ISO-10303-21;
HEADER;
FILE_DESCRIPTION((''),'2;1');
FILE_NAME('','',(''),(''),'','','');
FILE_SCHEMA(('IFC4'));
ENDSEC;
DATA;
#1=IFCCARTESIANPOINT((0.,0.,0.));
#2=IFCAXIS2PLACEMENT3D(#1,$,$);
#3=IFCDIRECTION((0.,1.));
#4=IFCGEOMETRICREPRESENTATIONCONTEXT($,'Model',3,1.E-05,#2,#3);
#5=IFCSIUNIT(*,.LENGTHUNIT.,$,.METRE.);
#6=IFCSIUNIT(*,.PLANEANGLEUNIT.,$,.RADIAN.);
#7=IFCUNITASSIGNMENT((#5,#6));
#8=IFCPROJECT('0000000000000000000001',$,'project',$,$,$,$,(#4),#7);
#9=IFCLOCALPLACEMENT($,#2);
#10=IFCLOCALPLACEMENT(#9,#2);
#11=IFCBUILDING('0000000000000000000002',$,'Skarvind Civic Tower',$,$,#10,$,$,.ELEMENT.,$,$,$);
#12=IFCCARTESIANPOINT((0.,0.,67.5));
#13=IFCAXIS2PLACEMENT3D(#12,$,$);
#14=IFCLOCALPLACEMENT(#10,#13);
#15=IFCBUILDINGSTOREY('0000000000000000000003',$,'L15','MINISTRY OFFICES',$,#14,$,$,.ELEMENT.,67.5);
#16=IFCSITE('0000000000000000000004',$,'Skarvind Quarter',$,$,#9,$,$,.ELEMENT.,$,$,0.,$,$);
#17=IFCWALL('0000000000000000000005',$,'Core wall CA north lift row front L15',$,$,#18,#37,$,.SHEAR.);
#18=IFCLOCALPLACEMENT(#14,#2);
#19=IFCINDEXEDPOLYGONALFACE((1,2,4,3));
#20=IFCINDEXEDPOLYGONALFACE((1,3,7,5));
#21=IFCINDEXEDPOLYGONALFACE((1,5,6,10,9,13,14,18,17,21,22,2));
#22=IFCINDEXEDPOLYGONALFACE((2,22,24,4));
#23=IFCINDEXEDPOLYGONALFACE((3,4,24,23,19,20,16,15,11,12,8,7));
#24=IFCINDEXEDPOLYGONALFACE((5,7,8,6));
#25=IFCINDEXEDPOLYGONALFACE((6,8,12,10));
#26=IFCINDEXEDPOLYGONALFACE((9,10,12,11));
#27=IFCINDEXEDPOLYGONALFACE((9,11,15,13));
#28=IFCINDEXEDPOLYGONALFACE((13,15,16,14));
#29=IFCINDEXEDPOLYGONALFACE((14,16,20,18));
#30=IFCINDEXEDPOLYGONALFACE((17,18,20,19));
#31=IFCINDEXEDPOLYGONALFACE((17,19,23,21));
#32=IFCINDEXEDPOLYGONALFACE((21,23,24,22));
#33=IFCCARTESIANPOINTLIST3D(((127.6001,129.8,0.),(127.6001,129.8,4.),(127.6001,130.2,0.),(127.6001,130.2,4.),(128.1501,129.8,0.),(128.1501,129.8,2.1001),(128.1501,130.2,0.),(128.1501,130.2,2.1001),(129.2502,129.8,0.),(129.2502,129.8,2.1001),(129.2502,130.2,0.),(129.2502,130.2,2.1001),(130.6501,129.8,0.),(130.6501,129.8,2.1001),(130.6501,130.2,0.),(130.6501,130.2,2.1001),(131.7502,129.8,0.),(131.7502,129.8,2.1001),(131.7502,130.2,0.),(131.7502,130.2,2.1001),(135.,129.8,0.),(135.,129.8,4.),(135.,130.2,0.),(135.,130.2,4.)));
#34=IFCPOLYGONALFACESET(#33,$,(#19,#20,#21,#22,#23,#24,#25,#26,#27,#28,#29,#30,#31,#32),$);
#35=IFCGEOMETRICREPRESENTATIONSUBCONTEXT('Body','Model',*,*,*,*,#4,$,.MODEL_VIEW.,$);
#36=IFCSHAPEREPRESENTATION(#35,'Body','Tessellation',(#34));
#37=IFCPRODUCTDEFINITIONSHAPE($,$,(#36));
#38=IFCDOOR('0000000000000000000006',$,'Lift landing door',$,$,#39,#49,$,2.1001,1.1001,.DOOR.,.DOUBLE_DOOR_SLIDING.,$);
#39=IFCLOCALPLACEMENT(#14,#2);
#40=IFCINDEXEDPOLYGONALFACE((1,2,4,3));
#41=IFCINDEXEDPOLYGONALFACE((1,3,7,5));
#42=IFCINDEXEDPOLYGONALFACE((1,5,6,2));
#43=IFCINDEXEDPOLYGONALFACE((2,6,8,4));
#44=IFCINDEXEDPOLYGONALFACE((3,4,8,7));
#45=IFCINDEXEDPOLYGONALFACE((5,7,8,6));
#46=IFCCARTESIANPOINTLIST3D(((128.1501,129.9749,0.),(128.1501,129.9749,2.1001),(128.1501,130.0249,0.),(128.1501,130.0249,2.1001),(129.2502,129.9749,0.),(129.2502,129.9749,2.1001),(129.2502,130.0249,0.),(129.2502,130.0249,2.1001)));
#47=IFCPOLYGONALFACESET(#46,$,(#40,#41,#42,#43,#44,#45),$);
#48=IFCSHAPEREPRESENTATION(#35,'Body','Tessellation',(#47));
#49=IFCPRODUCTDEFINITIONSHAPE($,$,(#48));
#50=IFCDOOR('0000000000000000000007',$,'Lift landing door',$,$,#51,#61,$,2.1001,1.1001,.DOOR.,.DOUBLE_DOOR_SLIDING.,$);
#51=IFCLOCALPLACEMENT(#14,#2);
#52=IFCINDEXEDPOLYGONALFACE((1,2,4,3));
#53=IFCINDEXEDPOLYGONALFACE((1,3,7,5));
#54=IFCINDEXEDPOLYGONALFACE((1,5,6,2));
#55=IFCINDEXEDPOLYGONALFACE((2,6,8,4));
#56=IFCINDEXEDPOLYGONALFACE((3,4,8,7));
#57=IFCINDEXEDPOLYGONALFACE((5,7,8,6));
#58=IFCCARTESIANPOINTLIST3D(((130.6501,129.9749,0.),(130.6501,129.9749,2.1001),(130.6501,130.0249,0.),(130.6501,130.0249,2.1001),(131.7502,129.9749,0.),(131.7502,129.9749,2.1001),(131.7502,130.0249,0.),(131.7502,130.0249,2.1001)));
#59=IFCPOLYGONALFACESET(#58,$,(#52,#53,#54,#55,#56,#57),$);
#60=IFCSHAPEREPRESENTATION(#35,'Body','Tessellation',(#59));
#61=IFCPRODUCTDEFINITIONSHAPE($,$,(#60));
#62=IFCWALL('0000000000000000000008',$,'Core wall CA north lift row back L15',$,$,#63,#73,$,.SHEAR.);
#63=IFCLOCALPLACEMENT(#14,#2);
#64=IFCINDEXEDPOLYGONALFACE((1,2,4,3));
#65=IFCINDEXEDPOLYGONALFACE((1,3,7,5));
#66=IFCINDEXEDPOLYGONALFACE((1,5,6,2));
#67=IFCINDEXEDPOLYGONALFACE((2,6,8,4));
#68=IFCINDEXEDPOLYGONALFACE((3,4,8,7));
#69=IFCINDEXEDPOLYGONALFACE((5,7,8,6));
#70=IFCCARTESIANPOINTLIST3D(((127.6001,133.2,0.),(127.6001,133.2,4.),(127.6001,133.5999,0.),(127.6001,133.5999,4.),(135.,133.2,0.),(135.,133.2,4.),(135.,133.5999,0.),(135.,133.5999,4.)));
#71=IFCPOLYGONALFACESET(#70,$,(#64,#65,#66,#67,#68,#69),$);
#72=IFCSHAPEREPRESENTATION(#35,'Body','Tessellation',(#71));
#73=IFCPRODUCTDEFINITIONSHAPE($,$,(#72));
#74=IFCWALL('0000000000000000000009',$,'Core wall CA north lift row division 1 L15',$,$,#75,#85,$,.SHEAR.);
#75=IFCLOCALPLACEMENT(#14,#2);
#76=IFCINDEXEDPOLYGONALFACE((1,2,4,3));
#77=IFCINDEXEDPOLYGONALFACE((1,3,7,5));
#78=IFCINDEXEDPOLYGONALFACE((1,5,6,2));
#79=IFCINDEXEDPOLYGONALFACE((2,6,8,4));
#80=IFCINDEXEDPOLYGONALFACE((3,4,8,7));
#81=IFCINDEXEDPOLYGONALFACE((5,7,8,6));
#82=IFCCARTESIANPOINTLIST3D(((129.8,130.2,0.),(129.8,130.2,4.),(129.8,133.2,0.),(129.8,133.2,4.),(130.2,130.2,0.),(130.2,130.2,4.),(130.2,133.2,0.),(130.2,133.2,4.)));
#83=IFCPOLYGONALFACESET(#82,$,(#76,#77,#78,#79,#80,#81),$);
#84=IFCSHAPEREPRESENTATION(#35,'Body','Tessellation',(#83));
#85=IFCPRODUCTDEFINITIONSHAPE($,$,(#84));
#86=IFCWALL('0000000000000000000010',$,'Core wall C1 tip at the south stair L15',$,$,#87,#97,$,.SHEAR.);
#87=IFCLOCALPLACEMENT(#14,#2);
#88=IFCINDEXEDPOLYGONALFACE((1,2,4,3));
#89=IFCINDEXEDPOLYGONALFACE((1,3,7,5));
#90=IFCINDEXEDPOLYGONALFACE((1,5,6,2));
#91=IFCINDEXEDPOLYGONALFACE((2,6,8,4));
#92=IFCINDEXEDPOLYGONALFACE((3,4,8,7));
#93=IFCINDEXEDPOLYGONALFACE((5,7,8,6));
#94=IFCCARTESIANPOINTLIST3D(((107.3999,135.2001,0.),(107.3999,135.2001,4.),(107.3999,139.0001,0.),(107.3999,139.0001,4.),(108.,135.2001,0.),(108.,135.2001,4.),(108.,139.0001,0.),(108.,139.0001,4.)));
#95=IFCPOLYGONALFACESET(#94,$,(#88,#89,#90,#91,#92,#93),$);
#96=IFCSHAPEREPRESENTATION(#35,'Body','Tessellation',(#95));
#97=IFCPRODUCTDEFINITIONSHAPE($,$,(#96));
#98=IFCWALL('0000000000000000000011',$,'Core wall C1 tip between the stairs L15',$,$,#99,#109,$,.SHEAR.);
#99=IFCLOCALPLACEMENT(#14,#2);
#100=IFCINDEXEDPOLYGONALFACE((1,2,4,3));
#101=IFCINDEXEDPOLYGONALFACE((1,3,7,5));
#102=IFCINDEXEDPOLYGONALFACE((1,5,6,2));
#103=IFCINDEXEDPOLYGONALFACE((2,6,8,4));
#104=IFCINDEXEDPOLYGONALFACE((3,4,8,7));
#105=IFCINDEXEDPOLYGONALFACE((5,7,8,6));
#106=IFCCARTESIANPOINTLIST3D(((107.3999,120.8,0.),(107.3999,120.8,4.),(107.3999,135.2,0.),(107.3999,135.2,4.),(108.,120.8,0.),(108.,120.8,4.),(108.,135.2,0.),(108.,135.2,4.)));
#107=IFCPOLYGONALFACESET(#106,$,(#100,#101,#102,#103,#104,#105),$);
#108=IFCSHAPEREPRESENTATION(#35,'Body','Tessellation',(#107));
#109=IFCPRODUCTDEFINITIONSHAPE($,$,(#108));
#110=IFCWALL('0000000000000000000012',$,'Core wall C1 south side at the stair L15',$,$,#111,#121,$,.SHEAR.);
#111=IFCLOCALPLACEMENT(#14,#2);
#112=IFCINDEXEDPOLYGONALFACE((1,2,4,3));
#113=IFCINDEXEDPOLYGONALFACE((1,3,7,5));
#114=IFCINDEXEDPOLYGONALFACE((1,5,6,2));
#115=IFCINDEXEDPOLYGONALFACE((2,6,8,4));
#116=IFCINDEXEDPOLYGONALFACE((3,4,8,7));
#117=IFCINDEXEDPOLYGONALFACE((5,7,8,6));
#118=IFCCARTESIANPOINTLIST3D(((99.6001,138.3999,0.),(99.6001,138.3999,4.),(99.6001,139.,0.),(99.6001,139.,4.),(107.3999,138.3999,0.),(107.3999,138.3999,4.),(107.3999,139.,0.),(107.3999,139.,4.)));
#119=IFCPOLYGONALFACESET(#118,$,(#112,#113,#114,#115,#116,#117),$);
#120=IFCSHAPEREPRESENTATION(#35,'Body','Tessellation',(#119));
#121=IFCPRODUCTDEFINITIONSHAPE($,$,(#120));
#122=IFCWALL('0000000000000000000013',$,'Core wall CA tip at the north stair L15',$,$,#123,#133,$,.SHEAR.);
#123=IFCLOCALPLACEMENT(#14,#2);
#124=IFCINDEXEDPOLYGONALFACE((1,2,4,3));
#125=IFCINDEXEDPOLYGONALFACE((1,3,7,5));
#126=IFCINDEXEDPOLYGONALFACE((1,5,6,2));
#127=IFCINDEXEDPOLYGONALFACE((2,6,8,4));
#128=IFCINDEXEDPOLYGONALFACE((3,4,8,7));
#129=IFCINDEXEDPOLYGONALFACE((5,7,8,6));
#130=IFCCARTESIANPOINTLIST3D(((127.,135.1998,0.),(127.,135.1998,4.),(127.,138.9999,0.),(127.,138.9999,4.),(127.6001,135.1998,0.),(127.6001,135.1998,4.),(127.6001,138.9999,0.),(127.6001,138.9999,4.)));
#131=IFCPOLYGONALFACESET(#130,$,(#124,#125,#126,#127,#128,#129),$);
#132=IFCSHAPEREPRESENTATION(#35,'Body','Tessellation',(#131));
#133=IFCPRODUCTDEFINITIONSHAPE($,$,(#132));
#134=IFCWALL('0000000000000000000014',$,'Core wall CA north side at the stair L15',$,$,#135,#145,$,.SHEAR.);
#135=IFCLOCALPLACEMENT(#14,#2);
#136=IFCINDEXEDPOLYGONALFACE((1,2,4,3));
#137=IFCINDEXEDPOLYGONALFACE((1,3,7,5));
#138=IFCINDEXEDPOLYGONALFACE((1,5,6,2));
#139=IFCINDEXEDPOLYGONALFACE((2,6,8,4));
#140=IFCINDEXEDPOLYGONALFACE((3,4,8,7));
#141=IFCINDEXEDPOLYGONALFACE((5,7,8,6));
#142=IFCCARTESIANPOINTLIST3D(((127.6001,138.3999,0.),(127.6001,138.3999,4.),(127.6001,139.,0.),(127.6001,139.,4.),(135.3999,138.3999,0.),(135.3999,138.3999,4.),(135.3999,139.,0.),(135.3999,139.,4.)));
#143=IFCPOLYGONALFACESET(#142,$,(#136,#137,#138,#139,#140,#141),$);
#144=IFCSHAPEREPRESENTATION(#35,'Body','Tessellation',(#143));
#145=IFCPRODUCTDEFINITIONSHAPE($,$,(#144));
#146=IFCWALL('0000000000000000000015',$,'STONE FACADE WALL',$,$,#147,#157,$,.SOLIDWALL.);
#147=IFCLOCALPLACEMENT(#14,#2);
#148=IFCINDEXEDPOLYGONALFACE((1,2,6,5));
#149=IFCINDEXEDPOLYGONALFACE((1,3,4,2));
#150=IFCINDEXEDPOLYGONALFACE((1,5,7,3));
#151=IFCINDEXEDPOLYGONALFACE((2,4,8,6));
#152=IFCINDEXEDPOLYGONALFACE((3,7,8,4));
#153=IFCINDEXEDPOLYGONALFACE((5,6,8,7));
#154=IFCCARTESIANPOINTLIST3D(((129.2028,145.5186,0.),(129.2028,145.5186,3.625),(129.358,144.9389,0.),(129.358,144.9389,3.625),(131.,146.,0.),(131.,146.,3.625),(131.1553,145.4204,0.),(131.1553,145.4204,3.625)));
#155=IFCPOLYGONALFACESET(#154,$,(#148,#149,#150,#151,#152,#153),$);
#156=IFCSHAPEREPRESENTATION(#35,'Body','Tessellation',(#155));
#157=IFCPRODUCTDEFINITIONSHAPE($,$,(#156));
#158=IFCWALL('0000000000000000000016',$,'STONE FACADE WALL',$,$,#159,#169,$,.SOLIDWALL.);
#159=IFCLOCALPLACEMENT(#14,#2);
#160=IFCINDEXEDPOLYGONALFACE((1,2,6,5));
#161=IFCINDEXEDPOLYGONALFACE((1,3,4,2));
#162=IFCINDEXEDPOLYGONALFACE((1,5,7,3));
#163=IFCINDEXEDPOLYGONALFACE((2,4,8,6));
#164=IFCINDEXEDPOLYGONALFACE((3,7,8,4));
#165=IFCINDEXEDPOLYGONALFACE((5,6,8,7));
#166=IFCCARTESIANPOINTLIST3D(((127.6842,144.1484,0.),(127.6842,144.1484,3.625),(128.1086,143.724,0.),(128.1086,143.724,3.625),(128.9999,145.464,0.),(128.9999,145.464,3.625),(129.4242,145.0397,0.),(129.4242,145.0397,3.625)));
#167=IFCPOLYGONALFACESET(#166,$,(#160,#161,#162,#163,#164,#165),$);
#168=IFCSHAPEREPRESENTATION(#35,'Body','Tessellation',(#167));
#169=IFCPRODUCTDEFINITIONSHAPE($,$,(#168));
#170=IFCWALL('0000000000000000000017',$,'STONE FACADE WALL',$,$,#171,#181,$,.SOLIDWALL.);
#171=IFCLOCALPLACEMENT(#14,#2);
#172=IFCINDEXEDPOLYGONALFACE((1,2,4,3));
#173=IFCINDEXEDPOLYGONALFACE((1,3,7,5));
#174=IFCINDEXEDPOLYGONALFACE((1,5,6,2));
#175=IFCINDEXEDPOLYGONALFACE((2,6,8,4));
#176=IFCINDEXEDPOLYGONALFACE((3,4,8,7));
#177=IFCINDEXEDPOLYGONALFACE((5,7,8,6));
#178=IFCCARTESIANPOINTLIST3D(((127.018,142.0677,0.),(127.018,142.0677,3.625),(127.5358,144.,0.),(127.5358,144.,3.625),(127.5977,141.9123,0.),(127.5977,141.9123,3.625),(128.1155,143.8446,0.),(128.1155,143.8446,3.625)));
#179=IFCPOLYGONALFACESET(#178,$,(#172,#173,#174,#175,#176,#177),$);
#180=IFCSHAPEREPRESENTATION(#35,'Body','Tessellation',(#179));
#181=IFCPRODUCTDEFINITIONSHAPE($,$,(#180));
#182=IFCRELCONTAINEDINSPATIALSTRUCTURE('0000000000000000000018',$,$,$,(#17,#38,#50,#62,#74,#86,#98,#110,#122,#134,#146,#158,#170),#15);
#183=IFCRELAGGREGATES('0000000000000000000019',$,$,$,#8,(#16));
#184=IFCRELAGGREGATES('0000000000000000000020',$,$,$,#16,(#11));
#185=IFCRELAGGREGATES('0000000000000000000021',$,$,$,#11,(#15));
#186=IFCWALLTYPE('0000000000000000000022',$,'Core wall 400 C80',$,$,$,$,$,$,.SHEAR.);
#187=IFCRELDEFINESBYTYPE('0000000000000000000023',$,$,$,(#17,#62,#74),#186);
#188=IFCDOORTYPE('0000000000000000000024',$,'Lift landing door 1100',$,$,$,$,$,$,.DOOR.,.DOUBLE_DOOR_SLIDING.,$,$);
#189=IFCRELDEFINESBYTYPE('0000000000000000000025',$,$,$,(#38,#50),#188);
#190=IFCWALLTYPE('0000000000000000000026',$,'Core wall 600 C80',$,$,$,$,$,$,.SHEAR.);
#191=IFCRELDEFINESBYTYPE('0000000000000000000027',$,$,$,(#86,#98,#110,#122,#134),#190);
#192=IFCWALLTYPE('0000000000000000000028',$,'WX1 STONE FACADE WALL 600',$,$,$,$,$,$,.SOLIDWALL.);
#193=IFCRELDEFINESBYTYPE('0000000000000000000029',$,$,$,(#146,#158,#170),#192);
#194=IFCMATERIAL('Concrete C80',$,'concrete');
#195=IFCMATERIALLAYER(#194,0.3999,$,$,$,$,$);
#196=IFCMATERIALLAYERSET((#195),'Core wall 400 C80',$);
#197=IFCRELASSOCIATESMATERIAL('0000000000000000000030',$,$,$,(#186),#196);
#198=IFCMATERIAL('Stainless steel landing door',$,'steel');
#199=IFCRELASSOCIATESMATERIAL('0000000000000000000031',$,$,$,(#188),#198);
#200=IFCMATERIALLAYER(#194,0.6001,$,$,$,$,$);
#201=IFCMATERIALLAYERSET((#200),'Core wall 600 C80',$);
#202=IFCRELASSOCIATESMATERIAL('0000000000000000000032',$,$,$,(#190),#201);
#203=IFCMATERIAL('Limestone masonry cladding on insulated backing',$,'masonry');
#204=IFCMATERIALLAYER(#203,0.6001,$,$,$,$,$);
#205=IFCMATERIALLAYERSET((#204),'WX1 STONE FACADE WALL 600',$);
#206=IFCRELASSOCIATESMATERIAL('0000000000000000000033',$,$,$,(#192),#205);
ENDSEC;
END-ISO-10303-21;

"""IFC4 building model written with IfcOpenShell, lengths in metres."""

from ifc_helpers import new_model, si_unit, direction, frame, frame_2d, origin, place, context, subcontext, project, spatial, rectangle, extrude, material, layer, layer_set, type_object, element, fill, save


model = new_model("IFC4")

# Units and contexts
model_context = context("Model", 3, precision=1e-05, world=origin(), true_north=direction((0.0, 1.0)))
body_context = subcontext(model_context, "Body", "Model", "MODEL_VIEW")
ifc_project = project(units=[si_unit("LENGTHUNIT", "METRE"), si_unit("PLANEANGLEUNIT", "RADIAN")], contexts=[model_context])

# Site, building, storey
site_placement = place(None, origin())
site = spatial("IfcSite", under=ifc_project, at=site_placement, Name="Skarvind Quarter", CompositionType="ELEMENT", RefElevation=0.0)
building_placement = place(site_placement, origin())
building = spatial("IfcBuilding", under=site, at=building_placement, Name="Skarvind Civic Tower", CompositionType="ELEMENT")
storey_placement = place(building_placement, frame((0.0, 0.0, 67.5)))
storey = spatial("IfcBuildingStorey", under=building, at=storey_placement, Name="L15", Description="MINISTRY OFFICES", CompositionType="ELEMENT", Elevation=67.5)

# Shared definitions
ifc_material_1 = material(Name="Concrete C80", Category="concrete")
ifc_layer_1 = layer(ifc_material_1, 0.3999)
ifc_layer_set_1 = layer_set([ifc_layer_1], Name="Core wall 400 C80")
wall_type_1 = type_object("IfcWallType", Name="Core wall 400 C80", PredefinedType="SHEAR", material=ifc_layer_set_1)

# Shared definitions
ifc_material_2 = material(Name="Stainless steel landing door", Category="steel")
door_type = type_object("IfcDoorType", Name="Lift landing door 1100", OperationType="DOUBLE_DOOR_SLIDING", PredefinedType="DOOR", material=ifc_material_2)

# Wall, openings, doors
wall_1_placement = place(storey_placement, frame((127.6001, 130.0, 0.0), z_axis=(0.0, 0.0, 1.0), x_axis=(1.0, 0.0, 0.0)))
wall_1 = element("IfcWall", 1, at=wall_1_placement, inside=storey, type_object=wall_type_1, Name="Core wall CA north lift row front L15", PredefinedType="SHEAR", context=body_context, shape_type="SweptSolid", body=[
    extrude(rectangle(XDim=7.3999, YDim=0.3999, at=frame_2d((3.7, 0.0))), origin(), (0.0, 0.0, 1.0), 4.0),
])
opening_1_placement = place(wall_1_placement, frame((0.55, 0.0, 0.0)))
opening_1 = element("IfcOpeningElement", 2, at=opening_1_placement, cuts=wall_1, PredefinedType="OPENING", context=body_context, shape_type="SweptSolid", body=[
    extrude(rectangle(XDim=1.1001, YDim=2.1001, at=frame_2d((0.55, 1.05))), frame((0.0, 0.21, 0.0), z_axis=(0.0, -1.0, 0.0), x_axis=(1.0, 0.0, 0.0)), (0.0, 0.0, 1.0), 0.4199),
])
opening_2_placement = place(wall_1_placement, frame((3.05, 0.0, 0.0)))
opening_2 = element("IfcOpeningElement", 3, at=opening_2_placement, cuts=wall_1, PredefinedType="OPENING", context=body_context, shape_type="SweptSolid", body=[
    extrude(rectangle(XDim=1.1001, YDim=2.1001, at=frame_2d((0.55, 1.05))), frame((0.0, 0.21, 0.0), z_axis=(0.0, -1.0, 0.0), x_axis=(1.0, 0.0, 0.0)), (0.0, 0.0, 1.0), 0.4199),
])
door_1_placement = place(opening_1_placement, origin())
door_1 = element("IfcDoor", 4, at=door_1_placement, inside=storey, type_object=door_type, Name="Lift landing door", OperationType="DOUBLE_DOOR_SLIDING", OverallHeight=2.1001, OverallWidth=1.1001, PredefinedType="DOOR", context=body_context, shape_type="SweptSolid", body=[
    extrude(rectangle(XDim=1.1001, YDim=2.1001, at=frame_2d((0.55, 1.05))), frame((0.0, 0.0249, 0.0), z_axis=(0.0, -1.0, 0.0), x_axis=(1.0, 0.0, 0.0)), (0.0, 0.0, 1.0), 0.05),
])
fill(opening_1, door_1)
door_2_placement = place(opening_2_placement, origin())
door_2 = element("IfcDoor", 5, at=door_2_placement, inside=storey, type_object=door_type, Name="Lift landing door", OperationType="DOUBLE_DOOR_SLIDING", OverallHeight=2.1001, OverallWidth=1.1001, PredefinedType="DOOR", context=body_context, shape_type="SweptSolid", body=[
    extrude(rectangle(XDim=1.1001, YDim=2.1001, at=frame_2d((0.55, 1.05))), frame((0.0, 0.0249, 0.0), z_axis=(0.0, -1.0, 0.0), x_axis=(1.0, 0.0, 0.0)), (0.0, 0.0, 1.0), 0.05),
])
fill(opening_2, door_2)

# Walls
wall_2_placement = place(storey_placement, frame((127.6001, 133.3999, 0.0), z_axis=(0.0, 0.0, 1.0), x_axis=(1.0, 0.0, 0.0)))
element("IfcWall", 6, at=wall_2_placement, inside=storey, type_object=wall_type_1, Name="Core wall CA north lift row back L15", PredefinedType="SHEAR", context=body_context, shape_type="SweptSolid", body=[
    extrude(rectangle(XDim=7.3999, YDim=0.3999, at=frame_2d((3.7, 0.0))), origin(), (0.0, 0.0, 1.0), 4.0),
])
wall_3_placement = place(storey_placement, frame((130.0, 130.2, 0.0), z_axis=(0.0, 0.0, 1.0), x_axis=(0.0, 1.0, 0.0)))
element("IfcWall", 7, at=wall_3_placement, inside=storey, type_object=wall_type_1, Name="Core wall CA north lift row division 1 L15", PredefinedType="SHEAR", context=body_context, shape_type="SweptSolid", body=[
    extrude(rectangle(XDim=3.0, YDim=0.3999, at=frame_2d((1.5, 0.0))), origin(), (0.0, 0.0, 1.0), 4.0),
])
ifc_layer_2 = layer(ifc_material_1, 0.6001)
ifc_layer_set_2 = layer_set([ifc_layer_2], Name="Core wall 600 C80")
wall_type_2 = type_object("IfcWallType", Name="Core wall 600 C80", PredefinedType="SHEAR", material=ifc_layer_set_2)
wall_4_placement = place(storey_placement, frame((107.7, 139.0, 0.0), z_axis=(0.0, 0.0, 1.0), x_axis=(0.0, -1.0, 0.0)))
element("IfcWall", 8, at=wall_4_placement, inside=storey, type_object=wall_type_2, Name="Core wall C1 tip at the south stair L15", PredefinedType="SHEAR", context=body_context, shape_type="SweptSolid", body=[
    extrude(rectangle(XDim=3.8, YDim=0.6001, at=frame_2d((1.8999, 0.0))), origin(), (0.0, 0.0, 1.0), 4.0),
])
wall_5_placement = place(storey_placement, frame((107.7, 135.2, 0.0), z_axis=(0.0, 0.0, 1.0), x_axis=(0.0, -1.0, 0.0)))
element("IfcWall", 9, at=wall_5_placement, inside=storey, type_object=wall_type_2, Name="Core wall C1 tip between the stairs L15", PredefinedType="SHEAR", context=body_context, shape_type="SweptSolid", body=[
    extrude(rectangle(XDim=14.3999, YDim=0.6001, at=frame_2d((7.2, 0.0))), origin(), (0.0, 0.0, 1.0), 4.0),
])
wall_6_placement = place(storey_placement, frame((107.3999, 138.7, 0.0), z_axis=(0.0, 0.0, 1.0), x_axis=(-1.0, 0.0, 0.0)))
element("IfcWall", 10, at=wall_6_placement, inside=storey, type_object=wall_type_2, Name="Core wall C1 south side at the stair L15", PredefinedType="SHEAR", context=body_context, shape_type="SweptSolid", body=[
    extrude(rectangle(XDim=7.7998, YDim=0.6001, at=frame_2d((3.8999, 0.0))), origin(), (0.0, 0.0, 1.0), 4.0),
])
wall_7_placement = place(storey_placement, frame((127.3, 135.2, 0.0), z_axis=(0.0, 0.0, 1.0), x_axis=(0.0, 1.0, 0.0)))
element("IfcWall", 11, at=wall_7_placement, inside=storey, type_object=wall_type_2, Name="Core wall CA tip at the north stair L15", PredefinedType="SHEAR", context=body_context, shape_type="SweptSolid", body=[
    extrude(rectangle(XDim=3.8, YDim=0.6001, at=frame_2d((1.8999, 0.0))), origin(), (0.0, 0.0, 1.0), 4.0),
])
wall_8_placement = place(storey_placement, frame((127.6001, 138.7, 0.0), z_axis=(0.0, 0.0, 1.0), x_axis=(1.0, 0.0, 0.0)))
element("IfcWall", 12, at=wall_8_placement, inside=storey, type_object=wall_type_2, Name="Core wall CA north side at the stair L15", PredefinedType="SHEAR", context=body_context, shape_type="SweptSolid", body=[
    extrude(rectangle(XDim=7.7998, YDim=0.6001, at=frame_2d((3.8999, 0.0))), origin(), (0.0, 0.0, 1.0), 4.0),
])
ifc_material_3 = material(Name="Limestone masonry cladding on insulated backing", Category="masonry")
ifc_layer_3 = layer(ifc_material_3, 0.6001)
ifc_layer_set_3 = layer_set([ifc_layer_3], Name="WX1 STONE FACADE WALL 600")
wall_type_3 = type_object("IfcWallType", Name="WX1 STONE FACADE WALL 600", PredefinedType="SOLIDWALL", material=ifc_layer_set_3)
for number, where, z_axis, x_axis, name in (
    (13, (129.2805, 145.2288, 0.0), (0.0, 0.0, 1.0), (0.965938, 0.258773, 0.0), "STONE FACADE WALL"),
    (14, (127.8965, 143.9363, 0.0), (0.0, 0.0, 1.0), (0.707107, 0.707107, 0.0), "STONE FACADE WALL"),
):
    element("IfcWall", number, at=place(storey_placement, frame(where, z_axis=z_axis, x_axis=x_axis)), inside=storey, type_object=wall_type_3, Name=name, PredefinedType="SOLIDWALL", context=body_context, shape_type="SweptSolid", body=[
        extrude(rectangle(XDim=1.8606, YDim=0.6001, at=frame_2d((0.9302, 0.0))), origin(), (0.0, 0.0, 1.0), 3.625),
    ])
wall_9_placement = place(storey_placement, frame((127.3079, 141.99, 0.0), z_axis=(0.0, 0.0, 1.0), x_axis=(0.25884, 0.96592, 0.0)))
element("IfcWall", 15, at=wall_9_placement, inside=storey, type_object=wall_type_3, Name="STONE FACADE WALL", PredefinedType="SOLIDWALL", context=body_context, shape_type="SweptSolid", body=[
    extrude(rectangle(XDim=2.0005, YDim=0.6001, at=frame_2d((1.0002, 0.0))), origin(), (0.0, 0.0, 1.0), 3.625),
])

save(model, "model.ifc")
